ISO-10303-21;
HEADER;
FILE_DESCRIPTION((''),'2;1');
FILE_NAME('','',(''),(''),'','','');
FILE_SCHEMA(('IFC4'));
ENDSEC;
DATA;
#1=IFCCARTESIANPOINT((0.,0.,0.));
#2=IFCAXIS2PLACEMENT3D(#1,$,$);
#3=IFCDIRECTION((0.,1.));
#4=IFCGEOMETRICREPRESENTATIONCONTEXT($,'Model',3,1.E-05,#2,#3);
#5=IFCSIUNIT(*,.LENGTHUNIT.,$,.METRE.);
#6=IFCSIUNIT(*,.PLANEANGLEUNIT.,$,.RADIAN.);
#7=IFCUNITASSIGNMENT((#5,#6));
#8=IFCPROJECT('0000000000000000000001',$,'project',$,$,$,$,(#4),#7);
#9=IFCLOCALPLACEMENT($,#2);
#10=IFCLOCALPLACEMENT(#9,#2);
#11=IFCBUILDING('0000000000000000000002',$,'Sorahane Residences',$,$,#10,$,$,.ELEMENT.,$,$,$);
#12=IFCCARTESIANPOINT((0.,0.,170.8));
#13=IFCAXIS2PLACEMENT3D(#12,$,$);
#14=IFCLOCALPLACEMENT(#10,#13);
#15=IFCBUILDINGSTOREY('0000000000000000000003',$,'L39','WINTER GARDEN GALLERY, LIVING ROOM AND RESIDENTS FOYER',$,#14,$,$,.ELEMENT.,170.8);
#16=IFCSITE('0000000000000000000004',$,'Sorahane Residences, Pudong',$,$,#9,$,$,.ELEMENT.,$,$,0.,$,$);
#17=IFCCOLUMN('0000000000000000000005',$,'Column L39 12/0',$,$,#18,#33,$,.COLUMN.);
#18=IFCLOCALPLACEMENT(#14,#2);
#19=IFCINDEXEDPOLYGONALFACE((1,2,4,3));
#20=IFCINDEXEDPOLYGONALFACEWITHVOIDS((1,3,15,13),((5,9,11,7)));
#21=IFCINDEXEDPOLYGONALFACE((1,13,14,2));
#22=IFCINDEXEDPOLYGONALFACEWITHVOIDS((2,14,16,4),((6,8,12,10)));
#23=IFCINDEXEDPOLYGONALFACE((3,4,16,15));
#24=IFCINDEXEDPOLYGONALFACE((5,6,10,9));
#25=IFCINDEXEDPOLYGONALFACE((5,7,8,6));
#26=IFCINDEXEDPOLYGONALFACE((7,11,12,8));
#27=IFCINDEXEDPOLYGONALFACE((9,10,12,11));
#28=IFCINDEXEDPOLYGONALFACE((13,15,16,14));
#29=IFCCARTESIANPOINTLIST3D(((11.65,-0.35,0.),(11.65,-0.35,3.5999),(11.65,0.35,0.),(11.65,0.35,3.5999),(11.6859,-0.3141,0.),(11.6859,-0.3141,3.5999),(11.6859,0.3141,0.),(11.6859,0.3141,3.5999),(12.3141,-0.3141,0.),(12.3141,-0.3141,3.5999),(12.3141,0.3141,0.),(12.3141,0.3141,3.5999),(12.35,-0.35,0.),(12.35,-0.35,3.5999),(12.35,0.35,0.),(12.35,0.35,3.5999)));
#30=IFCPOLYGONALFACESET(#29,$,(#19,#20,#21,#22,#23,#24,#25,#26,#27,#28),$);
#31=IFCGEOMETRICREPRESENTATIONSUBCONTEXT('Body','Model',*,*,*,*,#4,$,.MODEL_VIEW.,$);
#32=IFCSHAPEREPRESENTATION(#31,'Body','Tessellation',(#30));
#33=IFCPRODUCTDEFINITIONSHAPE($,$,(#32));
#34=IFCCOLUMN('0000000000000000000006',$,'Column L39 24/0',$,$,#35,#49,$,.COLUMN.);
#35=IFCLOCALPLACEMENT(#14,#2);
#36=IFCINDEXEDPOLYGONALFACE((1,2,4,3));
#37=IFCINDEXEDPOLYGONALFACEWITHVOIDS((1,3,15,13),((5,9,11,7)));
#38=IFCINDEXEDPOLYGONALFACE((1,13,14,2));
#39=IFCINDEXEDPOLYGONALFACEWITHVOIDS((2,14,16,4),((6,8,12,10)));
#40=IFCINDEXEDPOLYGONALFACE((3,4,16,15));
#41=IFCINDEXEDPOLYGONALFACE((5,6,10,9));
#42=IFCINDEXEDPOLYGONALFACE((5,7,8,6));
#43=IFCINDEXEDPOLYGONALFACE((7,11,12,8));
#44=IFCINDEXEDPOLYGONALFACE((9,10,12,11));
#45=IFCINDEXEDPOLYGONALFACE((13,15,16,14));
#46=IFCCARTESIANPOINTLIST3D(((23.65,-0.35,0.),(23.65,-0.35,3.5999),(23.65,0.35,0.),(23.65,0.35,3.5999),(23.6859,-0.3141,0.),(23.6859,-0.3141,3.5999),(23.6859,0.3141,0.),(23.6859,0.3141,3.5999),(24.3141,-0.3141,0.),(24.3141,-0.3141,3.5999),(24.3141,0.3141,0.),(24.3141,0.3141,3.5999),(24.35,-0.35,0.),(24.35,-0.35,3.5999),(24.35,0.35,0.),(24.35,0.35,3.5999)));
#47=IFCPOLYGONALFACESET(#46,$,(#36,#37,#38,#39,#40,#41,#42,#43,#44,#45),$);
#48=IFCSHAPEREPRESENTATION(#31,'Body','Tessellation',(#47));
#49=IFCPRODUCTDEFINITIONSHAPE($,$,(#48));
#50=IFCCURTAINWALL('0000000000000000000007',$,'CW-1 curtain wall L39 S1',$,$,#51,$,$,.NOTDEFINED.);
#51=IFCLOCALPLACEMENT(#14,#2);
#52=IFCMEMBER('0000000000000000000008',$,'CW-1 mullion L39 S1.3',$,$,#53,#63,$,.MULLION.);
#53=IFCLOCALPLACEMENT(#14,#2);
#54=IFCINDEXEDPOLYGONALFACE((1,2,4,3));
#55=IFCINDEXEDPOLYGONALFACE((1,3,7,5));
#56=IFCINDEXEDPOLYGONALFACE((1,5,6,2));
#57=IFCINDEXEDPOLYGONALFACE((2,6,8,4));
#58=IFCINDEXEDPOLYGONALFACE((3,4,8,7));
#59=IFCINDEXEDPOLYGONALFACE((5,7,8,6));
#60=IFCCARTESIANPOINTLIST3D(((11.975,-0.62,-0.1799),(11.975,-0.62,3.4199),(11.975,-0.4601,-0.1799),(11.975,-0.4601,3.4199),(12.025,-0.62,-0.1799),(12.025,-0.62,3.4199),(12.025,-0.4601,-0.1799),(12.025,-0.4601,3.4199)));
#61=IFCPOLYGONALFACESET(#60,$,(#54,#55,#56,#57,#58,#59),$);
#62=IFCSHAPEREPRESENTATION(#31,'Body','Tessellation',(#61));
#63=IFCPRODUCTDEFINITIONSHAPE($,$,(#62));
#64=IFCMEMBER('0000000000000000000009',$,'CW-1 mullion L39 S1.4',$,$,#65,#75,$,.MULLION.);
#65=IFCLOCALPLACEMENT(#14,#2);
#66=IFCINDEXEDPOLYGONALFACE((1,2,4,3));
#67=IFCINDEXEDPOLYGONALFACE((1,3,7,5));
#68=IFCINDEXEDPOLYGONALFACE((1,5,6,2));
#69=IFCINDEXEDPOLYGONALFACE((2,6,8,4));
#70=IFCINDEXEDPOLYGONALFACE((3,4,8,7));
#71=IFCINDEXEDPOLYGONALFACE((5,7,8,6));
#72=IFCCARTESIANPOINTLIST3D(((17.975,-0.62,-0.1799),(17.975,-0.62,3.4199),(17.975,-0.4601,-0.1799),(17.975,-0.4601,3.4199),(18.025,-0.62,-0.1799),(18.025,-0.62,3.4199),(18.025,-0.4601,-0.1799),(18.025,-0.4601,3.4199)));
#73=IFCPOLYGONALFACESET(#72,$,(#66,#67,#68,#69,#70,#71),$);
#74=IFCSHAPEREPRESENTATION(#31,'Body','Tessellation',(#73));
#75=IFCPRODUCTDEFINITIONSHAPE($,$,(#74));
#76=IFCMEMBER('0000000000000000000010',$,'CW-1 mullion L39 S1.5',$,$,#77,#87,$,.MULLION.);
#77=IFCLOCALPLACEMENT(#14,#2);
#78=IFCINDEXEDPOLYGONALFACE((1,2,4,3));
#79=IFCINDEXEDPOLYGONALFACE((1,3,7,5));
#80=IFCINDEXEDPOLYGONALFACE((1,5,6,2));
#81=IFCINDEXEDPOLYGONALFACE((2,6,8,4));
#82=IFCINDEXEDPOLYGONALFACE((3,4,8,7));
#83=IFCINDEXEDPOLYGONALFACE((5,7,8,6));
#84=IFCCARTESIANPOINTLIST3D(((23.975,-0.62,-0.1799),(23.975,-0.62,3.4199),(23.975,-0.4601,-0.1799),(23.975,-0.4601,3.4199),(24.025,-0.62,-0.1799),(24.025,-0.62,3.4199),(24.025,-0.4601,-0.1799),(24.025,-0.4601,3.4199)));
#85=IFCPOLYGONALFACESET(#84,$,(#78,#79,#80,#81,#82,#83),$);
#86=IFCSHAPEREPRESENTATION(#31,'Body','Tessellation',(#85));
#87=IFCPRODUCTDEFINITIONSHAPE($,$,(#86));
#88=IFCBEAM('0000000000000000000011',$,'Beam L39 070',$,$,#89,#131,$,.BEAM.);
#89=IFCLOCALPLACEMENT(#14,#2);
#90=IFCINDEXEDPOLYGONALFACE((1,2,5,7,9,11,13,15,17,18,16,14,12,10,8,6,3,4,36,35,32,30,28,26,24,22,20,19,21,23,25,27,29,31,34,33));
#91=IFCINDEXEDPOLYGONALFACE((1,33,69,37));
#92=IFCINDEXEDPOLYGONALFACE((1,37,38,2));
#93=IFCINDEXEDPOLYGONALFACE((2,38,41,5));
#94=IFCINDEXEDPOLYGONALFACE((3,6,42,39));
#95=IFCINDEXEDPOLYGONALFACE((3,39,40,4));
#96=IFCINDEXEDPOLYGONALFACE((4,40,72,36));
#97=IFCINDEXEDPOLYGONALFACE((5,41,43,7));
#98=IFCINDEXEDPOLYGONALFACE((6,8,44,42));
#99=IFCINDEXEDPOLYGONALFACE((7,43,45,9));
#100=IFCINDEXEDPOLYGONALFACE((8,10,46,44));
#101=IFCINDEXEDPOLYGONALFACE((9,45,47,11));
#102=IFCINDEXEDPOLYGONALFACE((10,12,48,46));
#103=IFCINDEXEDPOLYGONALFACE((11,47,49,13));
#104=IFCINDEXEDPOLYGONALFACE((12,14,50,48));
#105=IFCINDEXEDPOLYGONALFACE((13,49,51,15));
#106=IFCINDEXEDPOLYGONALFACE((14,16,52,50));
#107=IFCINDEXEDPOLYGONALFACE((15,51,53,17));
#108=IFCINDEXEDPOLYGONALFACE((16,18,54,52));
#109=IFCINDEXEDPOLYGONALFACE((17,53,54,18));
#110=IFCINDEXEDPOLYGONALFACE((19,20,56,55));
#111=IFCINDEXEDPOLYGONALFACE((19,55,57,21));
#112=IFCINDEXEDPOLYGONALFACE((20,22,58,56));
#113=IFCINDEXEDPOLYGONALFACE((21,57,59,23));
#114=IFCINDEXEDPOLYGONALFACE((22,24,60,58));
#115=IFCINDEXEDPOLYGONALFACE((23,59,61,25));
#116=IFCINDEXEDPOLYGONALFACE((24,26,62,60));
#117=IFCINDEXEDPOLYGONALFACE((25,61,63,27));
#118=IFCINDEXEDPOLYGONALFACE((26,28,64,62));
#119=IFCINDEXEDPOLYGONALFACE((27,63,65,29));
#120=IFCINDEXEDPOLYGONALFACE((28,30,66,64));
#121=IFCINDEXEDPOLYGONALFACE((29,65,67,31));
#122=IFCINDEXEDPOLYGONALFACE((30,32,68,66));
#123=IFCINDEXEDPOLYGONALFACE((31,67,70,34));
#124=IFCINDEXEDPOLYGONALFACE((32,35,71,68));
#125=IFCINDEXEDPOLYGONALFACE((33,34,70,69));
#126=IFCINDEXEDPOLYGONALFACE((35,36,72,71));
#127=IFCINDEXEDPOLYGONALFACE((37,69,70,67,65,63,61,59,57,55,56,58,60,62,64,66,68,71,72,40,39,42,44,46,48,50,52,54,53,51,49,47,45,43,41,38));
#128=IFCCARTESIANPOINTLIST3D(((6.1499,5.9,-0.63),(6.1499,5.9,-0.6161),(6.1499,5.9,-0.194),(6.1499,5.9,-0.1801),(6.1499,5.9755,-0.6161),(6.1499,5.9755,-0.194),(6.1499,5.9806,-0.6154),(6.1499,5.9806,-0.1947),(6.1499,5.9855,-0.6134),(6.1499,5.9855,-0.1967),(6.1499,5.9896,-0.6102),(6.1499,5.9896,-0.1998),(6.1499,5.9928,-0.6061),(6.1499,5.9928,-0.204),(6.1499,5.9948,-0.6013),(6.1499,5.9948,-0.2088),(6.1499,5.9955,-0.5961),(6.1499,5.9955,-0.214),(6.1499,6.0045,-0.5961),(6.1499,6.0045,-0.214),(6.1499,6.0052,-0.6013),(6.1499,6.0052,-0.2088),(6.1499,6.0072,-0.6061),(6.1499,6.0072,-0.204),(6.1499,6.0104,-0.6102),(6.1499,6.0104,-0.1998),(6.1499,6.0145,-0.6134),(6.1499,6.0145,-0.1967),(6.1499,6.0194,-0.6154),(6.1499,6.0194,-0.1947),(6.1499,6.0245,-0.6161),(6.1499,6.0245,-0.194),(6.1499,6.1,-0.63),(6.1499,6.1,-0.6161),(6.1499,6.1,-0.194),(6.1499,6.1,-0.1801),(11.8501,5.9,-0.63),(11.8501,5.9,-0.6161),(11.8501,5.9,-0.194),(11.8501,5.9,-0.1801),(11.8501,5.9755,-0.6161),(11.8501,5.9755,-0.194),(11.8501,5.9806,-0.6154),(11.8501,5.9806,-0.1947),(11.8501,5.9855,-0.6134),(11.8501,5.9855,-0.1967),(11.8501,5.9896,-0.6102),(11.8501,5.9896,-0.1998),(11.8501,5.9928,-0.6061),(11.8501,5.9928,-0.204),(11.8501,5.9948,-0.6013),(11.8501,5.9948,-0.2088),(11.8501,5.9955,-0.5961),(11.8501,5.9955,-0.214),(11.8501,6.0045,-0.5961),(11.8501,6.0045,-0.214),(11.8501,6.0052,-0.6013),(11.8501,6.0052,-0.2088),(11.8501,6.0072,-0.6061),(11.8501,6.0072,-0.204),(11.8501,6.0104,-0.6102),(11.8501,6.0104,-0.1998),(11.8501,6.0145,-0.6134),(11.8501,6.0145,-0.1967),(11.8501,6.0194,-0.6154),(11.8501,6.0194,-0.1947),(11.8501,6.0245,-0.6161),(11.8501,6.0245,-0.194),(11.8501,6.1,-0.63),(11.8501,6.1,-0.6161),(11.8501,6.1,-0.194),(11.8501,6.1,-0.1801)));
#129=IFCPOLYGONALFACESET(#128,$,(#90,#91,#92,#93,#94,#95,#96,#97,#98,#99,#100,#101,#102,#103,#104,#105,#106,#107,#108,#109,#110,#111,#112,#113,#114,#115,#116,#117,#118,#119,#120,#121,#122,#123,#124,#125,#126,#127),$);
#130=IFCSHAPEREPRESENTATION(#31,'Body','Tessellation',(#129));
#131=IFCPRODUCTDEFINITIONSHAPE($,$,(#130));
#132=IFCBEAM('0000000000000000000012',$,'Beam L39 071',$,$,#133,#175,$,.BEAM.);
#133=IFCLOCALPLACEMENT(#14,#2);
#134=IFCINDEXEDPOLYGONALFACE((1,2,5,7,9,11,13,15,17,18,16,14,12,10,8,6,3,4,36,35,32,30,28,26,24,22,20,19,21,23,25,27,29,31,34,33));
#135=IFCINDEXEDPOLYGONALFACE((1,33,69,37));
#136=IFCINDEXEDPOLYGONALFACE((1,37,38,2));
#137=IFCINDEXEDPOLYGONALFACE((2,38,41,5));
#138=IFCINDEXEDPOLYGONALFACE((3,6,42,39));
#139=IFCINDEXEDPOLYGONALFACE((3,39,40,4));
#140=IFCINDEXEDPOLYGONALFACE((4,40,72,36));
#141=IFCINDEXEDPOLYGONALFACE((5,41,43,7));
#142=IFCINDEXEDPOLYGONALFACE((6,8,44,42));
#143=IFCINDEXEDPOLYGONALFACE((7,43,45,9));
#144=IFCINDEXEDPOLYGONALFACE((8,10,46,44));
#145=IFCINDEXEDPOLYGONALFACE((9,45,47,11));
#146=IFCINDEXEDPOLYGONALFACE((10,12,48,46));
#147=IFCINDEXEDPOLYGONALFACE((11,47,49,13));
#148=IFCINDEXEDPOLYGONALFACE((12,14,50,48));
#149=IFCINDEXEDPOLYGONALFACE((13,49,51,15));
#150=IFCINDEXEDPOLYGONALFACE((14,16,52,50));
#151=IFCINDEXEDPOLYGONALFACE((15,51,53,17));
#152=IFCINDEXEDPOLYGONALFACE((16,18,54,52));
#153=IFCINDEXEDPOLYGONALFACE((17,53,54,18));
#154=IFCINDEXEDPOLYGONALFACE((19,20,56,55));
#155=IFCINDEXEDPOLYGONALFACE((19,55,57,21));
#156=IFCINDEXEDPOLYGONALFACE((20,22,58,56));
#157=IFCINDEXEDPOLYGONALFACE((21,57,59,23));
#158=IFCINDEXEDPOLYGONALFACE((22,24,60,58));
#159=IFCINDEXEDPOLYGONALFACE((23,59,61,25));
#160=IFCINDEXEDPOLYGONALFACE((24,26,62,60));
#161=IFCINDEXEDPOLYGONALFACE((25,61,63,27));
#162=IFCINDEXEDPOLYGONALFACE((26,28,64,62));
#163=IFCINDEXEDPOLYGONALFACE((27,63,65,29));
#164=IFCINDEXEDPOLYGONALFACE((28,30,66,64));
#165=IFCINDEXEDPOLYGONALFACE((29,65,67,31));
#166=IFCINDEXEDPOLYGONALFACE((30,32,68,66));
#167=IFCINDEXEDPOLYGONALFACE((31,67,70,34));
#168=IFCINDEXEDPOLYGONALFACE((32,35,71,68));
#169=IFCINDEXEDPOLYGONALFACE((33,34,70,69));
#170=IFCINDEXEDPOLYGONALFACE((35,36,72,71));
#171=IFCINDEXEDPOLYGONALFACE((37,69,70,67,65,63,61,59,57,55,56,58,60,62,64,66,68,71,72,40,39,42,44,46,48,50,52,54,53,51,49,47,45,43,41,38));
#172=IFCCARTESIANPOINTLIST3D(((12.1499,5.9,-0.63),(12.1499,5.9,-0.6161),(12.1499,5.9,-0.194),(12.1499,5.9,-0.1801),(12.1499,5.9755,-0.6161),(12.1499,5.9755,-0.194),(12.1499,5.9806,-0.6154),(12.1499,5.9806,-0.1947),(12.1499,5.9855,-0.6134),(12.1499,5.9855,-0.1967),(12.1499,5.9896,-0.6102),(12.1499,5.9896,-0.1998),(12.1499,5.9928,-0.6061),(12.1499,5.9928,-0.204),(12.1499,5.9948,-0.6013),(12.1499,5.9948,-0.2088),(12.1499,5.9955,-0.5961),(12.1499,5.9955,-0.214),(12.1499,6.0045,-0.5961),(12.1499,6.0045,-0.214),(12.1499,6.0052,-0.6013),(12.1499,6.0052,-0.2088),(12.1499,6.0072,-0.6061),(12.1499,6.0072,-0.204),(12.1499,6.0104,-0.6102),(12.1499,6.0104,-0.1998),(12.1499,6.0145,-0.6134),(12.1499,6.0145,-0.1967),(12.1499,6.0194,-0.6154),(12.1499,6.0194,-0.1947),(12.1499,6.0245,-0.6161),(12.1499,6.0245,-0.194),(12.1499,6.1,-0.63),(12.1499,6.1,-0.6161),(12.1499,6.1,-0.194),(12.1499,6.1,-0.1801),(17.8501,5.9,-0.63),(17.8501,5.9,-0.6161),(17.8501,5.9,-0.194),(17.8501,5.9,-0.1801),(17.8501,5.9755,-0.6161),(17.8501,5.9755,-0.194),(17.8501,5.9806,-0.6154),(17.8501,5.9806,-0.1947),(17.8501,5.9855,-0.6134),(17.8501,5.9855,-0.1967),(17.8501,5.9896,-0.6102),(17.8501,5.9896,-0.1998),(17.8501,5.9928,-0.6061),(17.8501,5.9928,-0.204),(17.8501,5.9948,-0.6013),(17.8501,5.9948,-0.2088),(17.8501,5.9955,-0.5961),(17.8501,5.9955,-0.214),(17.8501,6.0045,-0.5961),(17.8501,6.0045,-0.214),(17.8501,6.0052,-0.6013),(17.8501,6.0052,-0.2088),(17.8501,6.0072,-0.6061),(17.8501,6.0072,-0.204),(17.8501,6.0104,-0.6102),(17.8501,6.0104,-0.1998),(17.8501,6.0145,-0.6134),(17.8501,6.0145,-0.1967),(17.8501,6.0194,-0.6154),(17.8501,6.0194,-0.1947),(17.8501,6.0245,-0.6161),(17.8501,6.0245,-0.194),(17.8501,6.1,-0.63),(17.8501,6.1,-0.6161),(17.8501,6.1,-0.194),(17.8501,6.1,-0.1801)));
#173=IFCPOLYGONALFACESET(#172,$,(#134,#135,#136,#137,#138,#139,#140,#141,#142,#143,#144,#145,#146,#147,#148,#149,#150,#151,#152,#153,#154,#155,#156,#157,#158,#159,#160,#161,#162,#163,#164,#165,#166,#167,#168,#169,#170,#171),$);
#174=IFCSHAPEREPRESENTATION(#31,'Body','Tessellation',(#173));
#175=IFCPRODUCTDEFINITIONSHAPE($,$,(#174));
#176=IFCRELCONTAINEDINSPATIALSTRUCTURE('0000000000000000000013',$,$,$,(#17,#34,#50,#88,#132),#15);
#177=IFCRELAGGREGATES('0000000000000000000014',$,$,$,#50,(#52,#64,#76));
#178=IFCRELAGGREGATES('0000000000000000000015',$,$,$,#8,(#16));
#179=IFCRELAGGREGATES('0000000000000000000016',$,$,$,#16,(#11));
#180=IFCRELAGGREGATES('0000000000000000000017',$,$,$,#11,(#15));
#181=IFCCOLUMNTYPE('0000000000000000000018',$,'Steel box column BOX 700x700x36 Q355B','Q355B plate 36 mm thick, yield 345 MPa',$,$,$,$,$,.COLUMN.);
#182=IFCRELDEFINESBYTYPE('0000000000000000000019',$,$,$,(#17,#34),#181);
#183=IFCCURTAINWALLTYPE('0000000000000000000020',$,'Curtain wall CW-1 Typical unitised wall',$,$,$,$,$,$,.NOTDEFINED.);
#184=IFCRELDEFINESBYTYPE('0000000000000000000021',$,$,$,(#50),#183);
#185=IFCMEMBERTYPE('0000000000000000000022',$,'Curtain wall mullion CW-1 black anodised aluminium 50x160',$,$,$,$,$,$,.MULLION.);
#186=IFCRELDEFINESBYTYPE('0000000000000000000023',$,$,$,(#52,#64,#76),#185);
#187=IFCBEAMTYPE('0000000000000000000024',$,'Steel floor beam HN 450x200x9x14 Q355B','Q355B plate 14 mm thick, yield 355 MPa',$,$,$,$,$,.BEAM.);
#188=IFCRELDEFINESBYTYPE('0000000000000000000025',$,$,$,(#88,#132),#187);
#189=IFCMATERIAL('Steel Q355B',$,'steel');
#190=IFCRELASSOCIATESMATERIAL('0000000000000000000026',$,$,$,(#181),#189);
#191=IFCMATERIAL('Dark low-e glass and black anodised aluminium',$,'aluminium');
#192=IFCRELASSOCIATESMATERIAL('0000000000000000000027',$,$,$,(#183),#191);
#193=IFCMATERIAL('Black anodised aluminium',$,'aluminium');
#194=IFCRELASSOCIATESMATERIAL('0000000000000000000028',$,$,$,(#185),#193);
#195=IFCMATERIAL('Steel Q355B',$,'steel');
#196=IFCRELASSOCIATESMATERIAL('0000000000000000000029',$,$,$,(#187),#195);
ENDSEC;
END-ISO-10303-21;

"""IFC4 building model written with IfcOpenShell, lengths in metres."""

from ifc_helpers import new_model, si_unit, direction, frame, origin, origin_2d, place, context, subcontext, project, spatial, rectangle, hollow_rectangle, i_section, extrude, material, material_profile, profile_set, type_object, element, aggregate, save


model = new_model("IFC4")

# Units and contexts
model_context = context("Model", 3, precision=1e-05, world=origin(), true_north=direction((0.0, 1.0)))
body_context = subcontext(model_context, "Body", "Model", "MODEL_VIEW")
ifc_project = project(units=[si_unit("LENGTHUNIT", "METRE"), si_unit("PLANEANGLEUNIT", "RADIAN")], contexts=[model_context])

# Site, building, storey
site_placement = place(None, origin())
site = spatial("IfcSite", under=ifc_project, at=site_placement, Name="Sorahane Residences, Pudong", CompositionType="ELEMENT", RefElevation=0.0)
building_placement = place(site_placement, origin())
building = spatial("IfcBuilding", under=site, at=building_placement, Name="Sorahane Residences", CompositionType="ELEMENT")
storey_placement = place(building_placement, frame((0.0, 0.0, 170.8)))
storey = spatial("IfcBuildingStorey", under=building, at=storey_placement, Name="L39", Description="WINTER GARDEN GALLERY, LIVING ROOM AND RESIDENTS FOYER", CompositionType="ELEMENT", Elevation=170.8)

# Columns
ifc_material_1 = material(Name="Steel Q355B", Category="steel")
ifc_material_profile_1 = material_profile(ifc_material_1, hollow_rectangle(XDim=0.7, YDim=0.7, WallThickness=0.0359, at=origin_2d()), Name="BOX 700x700x36")
ifc_profile_set_1 = profile_set([ifc_material_profile_1], Name="Steel Q355B")
column_type = type_object("IfcColumnType", Name="Steel box column BOX 700x700x36 Q355B", Description="Q355B plate 36 mm thick, yield 345 MPa", PredefinedType="COLUMN", material=ifc_profile_set_1)
for number, where, z_axis, x_axis, name in (
    (1, (12.0, 0.0, 0.0), (0.0, 0.0, 1.0), (1.0, 0.0, 0.0), "Column L39 12/0"),
    (2, (24.0, 0.0, 0.0), (0.0, 0.0, 1.0), (1.0, 0.0, 0.0), "Column L39 24/0"),
):
    element("IfcColumn", number, at=place(storey_placement, frame(where, z_axis=z_axis, x_axis=x_axis)), inside=storey, type_object=column_type, Name=name, PredefinedType="COLUMN", context=body_context, shape_type="SweptSolid", body=[
        extrude(hollow_rectangle(XDim=0.7, YDim=0.7, WallThickness=0.0359, at=origin_2d()), origin(), (0.0, 0.0, 1.0), 3.5999),
    ])

# Curtain wall, members
ifc_material_2 = material(Name="Dark low-e glass and black anodised aluminium", Category="aluminium")
curtain_wall_type = type_object("IfcCurtainWallType", Name="Curtain wall CW-1 Typical unitised wall", PredefinedType="NOTDEFINED", material=ifc_material_2)
curtain_wall_placement = place(storey_placement, origin())
curtain_wall = element("IfcCurtainWall", 3, at=curtain_wall_placement, inside=storey, type_object=curtain_wall_type, Name="CW-1 curtain wall L39 S1", PredefinedType="NOTDEFINED")
ifc_material_3 = material(Name="Black anodised aluminium", Category="aluminium")
ifc_material_profile_2 = material_profile(ifc_material_3, rectangle(XDim=0.1599, YDim=0.05, at=origin_2d()), Name="Curtain wall mullion CW-1 black anodised aluminium 50x160")
ifc_profile_set_2 = profile_set([ifc_material_profile_2], Name="Black anodised aluminium")
member_type = type_object("IfcMemberType", Name="Curtain wall mullion CW-1 black anodised aluminium 50x160", PredefinedType="MULLION", material=ifc_profile_set_2)
member_1_placement = place(storey_placement, frame((12.0, -0.54, -0.1799), z_axis=(0.0, 0.0, 1.0), x_axis=(0.0, -1.0, 0.0)))
member_1 = element("IfcMember", 4, at=member_1_placement, type_object=member_type, Name="CW-1 mullion L39 S1.3", PredefinedType="MULLION", context=body_context, shape_type="SweptSolid", body=[
    extrude(rectangle(XDim=0.1599, YDim=0.05, at=origin_2d()), origin(), (0.0, 0.0, 1.0), 3.5999),
])
member_2_placement = place(storey_placement, frame((18.0, -0.54, -0.1799), z_axis=(0.0, 0.0, 1.0), x_axis=(0.0, -1.0, 0.0)))
member_2 = element("IfcMember", 5, at=member_2_placement, type_object=member_type, Name="CW-1 mullion L39 S1.4", PredefinedType="MULLION", context=body_context, shape_type="SweptSolid", body=[
    extrude(rectangle(XDim=0.1599, YDim=0.05, at=origin_2d()), origin(), (0.0, 0.0, 1.0), 3.5999),
])
member_3_placement = place(storey_placement, frame((24.0, -0.54, -0.1799), z_axis=(0.0, 0.0, 1.0), x_axis=(0.0, -1.0, 0.0)))
member_3 = element("IfcMember", 6, at=member_3_placement, type_object=member_type, Name="CW-1 mullion L39 S1.5", PredefinedType="MULLION", context=body_context, shape_type="SweptSolid", body=[
    extrude(rectangle(XDim=0.1599, YDim=0.05, at=origin_2d()), origin(), (0.0, 0.0, 1.0), 3.5999),
])

# Beams
ifc_material_4 = material(Name="Steel Q355B", Category="steel")
ifc_material_profile_3 = material_profile(ifc_material_4, i_section(OverallWidth=0.2, OverallDepth=0.45, WebThickness=0.009, FlangeThickness=0.0139, FilletRadius=0.02, at=origin_2d()), Name="HN 450x200x9x14")
ifc_profile_set_3 = profile_set([ifc_material_profile_3], Name="Steel Q355B")
beam_type_1 = type_object("IfcBeamType", Name="Steel floor beam HN 450x200x9x14 Q355B", Description="Q355B plate 14 mm thick, yield 355 MPa", PredefinedType="BEAM", material=ifc_profile_set_3)
for number, where, z_axis, x_axis, name in (
    (7, (6.1499, 6.0, -0.405), (1.0, 0.0, 0.0), (0.0, 1.0, 0.0), "Beam L39 070"),
    (8, (12.1499, 6.0, -0.405), (1.0, 0.0, 0.0), (0.0, 1.0, 0.0), "Beam L39 071"),
):
    element("IfcBeam", number, at=place(storey_placement, frame(where, z_axis=z_axis, x_axis=x_axis)), inside=storey, type_object=beam_type_1, Name=name, PredefinedType="BEAM", context=body_context, shape_type="SweptSolid", body=[
        extrude(i_section(OverallWidth=0.2, OverallDepth=0.45, WebThickness=0.009, FlangeThickness=0.0139, FilletRadius=0.02, at=origin_2d()), origin(), (0.0, 0.0, 1.0), 5.7002),
    ])

aggregate(curtain_wall, [member_1, member_2, member_3])

save(model, "model.ifc")
